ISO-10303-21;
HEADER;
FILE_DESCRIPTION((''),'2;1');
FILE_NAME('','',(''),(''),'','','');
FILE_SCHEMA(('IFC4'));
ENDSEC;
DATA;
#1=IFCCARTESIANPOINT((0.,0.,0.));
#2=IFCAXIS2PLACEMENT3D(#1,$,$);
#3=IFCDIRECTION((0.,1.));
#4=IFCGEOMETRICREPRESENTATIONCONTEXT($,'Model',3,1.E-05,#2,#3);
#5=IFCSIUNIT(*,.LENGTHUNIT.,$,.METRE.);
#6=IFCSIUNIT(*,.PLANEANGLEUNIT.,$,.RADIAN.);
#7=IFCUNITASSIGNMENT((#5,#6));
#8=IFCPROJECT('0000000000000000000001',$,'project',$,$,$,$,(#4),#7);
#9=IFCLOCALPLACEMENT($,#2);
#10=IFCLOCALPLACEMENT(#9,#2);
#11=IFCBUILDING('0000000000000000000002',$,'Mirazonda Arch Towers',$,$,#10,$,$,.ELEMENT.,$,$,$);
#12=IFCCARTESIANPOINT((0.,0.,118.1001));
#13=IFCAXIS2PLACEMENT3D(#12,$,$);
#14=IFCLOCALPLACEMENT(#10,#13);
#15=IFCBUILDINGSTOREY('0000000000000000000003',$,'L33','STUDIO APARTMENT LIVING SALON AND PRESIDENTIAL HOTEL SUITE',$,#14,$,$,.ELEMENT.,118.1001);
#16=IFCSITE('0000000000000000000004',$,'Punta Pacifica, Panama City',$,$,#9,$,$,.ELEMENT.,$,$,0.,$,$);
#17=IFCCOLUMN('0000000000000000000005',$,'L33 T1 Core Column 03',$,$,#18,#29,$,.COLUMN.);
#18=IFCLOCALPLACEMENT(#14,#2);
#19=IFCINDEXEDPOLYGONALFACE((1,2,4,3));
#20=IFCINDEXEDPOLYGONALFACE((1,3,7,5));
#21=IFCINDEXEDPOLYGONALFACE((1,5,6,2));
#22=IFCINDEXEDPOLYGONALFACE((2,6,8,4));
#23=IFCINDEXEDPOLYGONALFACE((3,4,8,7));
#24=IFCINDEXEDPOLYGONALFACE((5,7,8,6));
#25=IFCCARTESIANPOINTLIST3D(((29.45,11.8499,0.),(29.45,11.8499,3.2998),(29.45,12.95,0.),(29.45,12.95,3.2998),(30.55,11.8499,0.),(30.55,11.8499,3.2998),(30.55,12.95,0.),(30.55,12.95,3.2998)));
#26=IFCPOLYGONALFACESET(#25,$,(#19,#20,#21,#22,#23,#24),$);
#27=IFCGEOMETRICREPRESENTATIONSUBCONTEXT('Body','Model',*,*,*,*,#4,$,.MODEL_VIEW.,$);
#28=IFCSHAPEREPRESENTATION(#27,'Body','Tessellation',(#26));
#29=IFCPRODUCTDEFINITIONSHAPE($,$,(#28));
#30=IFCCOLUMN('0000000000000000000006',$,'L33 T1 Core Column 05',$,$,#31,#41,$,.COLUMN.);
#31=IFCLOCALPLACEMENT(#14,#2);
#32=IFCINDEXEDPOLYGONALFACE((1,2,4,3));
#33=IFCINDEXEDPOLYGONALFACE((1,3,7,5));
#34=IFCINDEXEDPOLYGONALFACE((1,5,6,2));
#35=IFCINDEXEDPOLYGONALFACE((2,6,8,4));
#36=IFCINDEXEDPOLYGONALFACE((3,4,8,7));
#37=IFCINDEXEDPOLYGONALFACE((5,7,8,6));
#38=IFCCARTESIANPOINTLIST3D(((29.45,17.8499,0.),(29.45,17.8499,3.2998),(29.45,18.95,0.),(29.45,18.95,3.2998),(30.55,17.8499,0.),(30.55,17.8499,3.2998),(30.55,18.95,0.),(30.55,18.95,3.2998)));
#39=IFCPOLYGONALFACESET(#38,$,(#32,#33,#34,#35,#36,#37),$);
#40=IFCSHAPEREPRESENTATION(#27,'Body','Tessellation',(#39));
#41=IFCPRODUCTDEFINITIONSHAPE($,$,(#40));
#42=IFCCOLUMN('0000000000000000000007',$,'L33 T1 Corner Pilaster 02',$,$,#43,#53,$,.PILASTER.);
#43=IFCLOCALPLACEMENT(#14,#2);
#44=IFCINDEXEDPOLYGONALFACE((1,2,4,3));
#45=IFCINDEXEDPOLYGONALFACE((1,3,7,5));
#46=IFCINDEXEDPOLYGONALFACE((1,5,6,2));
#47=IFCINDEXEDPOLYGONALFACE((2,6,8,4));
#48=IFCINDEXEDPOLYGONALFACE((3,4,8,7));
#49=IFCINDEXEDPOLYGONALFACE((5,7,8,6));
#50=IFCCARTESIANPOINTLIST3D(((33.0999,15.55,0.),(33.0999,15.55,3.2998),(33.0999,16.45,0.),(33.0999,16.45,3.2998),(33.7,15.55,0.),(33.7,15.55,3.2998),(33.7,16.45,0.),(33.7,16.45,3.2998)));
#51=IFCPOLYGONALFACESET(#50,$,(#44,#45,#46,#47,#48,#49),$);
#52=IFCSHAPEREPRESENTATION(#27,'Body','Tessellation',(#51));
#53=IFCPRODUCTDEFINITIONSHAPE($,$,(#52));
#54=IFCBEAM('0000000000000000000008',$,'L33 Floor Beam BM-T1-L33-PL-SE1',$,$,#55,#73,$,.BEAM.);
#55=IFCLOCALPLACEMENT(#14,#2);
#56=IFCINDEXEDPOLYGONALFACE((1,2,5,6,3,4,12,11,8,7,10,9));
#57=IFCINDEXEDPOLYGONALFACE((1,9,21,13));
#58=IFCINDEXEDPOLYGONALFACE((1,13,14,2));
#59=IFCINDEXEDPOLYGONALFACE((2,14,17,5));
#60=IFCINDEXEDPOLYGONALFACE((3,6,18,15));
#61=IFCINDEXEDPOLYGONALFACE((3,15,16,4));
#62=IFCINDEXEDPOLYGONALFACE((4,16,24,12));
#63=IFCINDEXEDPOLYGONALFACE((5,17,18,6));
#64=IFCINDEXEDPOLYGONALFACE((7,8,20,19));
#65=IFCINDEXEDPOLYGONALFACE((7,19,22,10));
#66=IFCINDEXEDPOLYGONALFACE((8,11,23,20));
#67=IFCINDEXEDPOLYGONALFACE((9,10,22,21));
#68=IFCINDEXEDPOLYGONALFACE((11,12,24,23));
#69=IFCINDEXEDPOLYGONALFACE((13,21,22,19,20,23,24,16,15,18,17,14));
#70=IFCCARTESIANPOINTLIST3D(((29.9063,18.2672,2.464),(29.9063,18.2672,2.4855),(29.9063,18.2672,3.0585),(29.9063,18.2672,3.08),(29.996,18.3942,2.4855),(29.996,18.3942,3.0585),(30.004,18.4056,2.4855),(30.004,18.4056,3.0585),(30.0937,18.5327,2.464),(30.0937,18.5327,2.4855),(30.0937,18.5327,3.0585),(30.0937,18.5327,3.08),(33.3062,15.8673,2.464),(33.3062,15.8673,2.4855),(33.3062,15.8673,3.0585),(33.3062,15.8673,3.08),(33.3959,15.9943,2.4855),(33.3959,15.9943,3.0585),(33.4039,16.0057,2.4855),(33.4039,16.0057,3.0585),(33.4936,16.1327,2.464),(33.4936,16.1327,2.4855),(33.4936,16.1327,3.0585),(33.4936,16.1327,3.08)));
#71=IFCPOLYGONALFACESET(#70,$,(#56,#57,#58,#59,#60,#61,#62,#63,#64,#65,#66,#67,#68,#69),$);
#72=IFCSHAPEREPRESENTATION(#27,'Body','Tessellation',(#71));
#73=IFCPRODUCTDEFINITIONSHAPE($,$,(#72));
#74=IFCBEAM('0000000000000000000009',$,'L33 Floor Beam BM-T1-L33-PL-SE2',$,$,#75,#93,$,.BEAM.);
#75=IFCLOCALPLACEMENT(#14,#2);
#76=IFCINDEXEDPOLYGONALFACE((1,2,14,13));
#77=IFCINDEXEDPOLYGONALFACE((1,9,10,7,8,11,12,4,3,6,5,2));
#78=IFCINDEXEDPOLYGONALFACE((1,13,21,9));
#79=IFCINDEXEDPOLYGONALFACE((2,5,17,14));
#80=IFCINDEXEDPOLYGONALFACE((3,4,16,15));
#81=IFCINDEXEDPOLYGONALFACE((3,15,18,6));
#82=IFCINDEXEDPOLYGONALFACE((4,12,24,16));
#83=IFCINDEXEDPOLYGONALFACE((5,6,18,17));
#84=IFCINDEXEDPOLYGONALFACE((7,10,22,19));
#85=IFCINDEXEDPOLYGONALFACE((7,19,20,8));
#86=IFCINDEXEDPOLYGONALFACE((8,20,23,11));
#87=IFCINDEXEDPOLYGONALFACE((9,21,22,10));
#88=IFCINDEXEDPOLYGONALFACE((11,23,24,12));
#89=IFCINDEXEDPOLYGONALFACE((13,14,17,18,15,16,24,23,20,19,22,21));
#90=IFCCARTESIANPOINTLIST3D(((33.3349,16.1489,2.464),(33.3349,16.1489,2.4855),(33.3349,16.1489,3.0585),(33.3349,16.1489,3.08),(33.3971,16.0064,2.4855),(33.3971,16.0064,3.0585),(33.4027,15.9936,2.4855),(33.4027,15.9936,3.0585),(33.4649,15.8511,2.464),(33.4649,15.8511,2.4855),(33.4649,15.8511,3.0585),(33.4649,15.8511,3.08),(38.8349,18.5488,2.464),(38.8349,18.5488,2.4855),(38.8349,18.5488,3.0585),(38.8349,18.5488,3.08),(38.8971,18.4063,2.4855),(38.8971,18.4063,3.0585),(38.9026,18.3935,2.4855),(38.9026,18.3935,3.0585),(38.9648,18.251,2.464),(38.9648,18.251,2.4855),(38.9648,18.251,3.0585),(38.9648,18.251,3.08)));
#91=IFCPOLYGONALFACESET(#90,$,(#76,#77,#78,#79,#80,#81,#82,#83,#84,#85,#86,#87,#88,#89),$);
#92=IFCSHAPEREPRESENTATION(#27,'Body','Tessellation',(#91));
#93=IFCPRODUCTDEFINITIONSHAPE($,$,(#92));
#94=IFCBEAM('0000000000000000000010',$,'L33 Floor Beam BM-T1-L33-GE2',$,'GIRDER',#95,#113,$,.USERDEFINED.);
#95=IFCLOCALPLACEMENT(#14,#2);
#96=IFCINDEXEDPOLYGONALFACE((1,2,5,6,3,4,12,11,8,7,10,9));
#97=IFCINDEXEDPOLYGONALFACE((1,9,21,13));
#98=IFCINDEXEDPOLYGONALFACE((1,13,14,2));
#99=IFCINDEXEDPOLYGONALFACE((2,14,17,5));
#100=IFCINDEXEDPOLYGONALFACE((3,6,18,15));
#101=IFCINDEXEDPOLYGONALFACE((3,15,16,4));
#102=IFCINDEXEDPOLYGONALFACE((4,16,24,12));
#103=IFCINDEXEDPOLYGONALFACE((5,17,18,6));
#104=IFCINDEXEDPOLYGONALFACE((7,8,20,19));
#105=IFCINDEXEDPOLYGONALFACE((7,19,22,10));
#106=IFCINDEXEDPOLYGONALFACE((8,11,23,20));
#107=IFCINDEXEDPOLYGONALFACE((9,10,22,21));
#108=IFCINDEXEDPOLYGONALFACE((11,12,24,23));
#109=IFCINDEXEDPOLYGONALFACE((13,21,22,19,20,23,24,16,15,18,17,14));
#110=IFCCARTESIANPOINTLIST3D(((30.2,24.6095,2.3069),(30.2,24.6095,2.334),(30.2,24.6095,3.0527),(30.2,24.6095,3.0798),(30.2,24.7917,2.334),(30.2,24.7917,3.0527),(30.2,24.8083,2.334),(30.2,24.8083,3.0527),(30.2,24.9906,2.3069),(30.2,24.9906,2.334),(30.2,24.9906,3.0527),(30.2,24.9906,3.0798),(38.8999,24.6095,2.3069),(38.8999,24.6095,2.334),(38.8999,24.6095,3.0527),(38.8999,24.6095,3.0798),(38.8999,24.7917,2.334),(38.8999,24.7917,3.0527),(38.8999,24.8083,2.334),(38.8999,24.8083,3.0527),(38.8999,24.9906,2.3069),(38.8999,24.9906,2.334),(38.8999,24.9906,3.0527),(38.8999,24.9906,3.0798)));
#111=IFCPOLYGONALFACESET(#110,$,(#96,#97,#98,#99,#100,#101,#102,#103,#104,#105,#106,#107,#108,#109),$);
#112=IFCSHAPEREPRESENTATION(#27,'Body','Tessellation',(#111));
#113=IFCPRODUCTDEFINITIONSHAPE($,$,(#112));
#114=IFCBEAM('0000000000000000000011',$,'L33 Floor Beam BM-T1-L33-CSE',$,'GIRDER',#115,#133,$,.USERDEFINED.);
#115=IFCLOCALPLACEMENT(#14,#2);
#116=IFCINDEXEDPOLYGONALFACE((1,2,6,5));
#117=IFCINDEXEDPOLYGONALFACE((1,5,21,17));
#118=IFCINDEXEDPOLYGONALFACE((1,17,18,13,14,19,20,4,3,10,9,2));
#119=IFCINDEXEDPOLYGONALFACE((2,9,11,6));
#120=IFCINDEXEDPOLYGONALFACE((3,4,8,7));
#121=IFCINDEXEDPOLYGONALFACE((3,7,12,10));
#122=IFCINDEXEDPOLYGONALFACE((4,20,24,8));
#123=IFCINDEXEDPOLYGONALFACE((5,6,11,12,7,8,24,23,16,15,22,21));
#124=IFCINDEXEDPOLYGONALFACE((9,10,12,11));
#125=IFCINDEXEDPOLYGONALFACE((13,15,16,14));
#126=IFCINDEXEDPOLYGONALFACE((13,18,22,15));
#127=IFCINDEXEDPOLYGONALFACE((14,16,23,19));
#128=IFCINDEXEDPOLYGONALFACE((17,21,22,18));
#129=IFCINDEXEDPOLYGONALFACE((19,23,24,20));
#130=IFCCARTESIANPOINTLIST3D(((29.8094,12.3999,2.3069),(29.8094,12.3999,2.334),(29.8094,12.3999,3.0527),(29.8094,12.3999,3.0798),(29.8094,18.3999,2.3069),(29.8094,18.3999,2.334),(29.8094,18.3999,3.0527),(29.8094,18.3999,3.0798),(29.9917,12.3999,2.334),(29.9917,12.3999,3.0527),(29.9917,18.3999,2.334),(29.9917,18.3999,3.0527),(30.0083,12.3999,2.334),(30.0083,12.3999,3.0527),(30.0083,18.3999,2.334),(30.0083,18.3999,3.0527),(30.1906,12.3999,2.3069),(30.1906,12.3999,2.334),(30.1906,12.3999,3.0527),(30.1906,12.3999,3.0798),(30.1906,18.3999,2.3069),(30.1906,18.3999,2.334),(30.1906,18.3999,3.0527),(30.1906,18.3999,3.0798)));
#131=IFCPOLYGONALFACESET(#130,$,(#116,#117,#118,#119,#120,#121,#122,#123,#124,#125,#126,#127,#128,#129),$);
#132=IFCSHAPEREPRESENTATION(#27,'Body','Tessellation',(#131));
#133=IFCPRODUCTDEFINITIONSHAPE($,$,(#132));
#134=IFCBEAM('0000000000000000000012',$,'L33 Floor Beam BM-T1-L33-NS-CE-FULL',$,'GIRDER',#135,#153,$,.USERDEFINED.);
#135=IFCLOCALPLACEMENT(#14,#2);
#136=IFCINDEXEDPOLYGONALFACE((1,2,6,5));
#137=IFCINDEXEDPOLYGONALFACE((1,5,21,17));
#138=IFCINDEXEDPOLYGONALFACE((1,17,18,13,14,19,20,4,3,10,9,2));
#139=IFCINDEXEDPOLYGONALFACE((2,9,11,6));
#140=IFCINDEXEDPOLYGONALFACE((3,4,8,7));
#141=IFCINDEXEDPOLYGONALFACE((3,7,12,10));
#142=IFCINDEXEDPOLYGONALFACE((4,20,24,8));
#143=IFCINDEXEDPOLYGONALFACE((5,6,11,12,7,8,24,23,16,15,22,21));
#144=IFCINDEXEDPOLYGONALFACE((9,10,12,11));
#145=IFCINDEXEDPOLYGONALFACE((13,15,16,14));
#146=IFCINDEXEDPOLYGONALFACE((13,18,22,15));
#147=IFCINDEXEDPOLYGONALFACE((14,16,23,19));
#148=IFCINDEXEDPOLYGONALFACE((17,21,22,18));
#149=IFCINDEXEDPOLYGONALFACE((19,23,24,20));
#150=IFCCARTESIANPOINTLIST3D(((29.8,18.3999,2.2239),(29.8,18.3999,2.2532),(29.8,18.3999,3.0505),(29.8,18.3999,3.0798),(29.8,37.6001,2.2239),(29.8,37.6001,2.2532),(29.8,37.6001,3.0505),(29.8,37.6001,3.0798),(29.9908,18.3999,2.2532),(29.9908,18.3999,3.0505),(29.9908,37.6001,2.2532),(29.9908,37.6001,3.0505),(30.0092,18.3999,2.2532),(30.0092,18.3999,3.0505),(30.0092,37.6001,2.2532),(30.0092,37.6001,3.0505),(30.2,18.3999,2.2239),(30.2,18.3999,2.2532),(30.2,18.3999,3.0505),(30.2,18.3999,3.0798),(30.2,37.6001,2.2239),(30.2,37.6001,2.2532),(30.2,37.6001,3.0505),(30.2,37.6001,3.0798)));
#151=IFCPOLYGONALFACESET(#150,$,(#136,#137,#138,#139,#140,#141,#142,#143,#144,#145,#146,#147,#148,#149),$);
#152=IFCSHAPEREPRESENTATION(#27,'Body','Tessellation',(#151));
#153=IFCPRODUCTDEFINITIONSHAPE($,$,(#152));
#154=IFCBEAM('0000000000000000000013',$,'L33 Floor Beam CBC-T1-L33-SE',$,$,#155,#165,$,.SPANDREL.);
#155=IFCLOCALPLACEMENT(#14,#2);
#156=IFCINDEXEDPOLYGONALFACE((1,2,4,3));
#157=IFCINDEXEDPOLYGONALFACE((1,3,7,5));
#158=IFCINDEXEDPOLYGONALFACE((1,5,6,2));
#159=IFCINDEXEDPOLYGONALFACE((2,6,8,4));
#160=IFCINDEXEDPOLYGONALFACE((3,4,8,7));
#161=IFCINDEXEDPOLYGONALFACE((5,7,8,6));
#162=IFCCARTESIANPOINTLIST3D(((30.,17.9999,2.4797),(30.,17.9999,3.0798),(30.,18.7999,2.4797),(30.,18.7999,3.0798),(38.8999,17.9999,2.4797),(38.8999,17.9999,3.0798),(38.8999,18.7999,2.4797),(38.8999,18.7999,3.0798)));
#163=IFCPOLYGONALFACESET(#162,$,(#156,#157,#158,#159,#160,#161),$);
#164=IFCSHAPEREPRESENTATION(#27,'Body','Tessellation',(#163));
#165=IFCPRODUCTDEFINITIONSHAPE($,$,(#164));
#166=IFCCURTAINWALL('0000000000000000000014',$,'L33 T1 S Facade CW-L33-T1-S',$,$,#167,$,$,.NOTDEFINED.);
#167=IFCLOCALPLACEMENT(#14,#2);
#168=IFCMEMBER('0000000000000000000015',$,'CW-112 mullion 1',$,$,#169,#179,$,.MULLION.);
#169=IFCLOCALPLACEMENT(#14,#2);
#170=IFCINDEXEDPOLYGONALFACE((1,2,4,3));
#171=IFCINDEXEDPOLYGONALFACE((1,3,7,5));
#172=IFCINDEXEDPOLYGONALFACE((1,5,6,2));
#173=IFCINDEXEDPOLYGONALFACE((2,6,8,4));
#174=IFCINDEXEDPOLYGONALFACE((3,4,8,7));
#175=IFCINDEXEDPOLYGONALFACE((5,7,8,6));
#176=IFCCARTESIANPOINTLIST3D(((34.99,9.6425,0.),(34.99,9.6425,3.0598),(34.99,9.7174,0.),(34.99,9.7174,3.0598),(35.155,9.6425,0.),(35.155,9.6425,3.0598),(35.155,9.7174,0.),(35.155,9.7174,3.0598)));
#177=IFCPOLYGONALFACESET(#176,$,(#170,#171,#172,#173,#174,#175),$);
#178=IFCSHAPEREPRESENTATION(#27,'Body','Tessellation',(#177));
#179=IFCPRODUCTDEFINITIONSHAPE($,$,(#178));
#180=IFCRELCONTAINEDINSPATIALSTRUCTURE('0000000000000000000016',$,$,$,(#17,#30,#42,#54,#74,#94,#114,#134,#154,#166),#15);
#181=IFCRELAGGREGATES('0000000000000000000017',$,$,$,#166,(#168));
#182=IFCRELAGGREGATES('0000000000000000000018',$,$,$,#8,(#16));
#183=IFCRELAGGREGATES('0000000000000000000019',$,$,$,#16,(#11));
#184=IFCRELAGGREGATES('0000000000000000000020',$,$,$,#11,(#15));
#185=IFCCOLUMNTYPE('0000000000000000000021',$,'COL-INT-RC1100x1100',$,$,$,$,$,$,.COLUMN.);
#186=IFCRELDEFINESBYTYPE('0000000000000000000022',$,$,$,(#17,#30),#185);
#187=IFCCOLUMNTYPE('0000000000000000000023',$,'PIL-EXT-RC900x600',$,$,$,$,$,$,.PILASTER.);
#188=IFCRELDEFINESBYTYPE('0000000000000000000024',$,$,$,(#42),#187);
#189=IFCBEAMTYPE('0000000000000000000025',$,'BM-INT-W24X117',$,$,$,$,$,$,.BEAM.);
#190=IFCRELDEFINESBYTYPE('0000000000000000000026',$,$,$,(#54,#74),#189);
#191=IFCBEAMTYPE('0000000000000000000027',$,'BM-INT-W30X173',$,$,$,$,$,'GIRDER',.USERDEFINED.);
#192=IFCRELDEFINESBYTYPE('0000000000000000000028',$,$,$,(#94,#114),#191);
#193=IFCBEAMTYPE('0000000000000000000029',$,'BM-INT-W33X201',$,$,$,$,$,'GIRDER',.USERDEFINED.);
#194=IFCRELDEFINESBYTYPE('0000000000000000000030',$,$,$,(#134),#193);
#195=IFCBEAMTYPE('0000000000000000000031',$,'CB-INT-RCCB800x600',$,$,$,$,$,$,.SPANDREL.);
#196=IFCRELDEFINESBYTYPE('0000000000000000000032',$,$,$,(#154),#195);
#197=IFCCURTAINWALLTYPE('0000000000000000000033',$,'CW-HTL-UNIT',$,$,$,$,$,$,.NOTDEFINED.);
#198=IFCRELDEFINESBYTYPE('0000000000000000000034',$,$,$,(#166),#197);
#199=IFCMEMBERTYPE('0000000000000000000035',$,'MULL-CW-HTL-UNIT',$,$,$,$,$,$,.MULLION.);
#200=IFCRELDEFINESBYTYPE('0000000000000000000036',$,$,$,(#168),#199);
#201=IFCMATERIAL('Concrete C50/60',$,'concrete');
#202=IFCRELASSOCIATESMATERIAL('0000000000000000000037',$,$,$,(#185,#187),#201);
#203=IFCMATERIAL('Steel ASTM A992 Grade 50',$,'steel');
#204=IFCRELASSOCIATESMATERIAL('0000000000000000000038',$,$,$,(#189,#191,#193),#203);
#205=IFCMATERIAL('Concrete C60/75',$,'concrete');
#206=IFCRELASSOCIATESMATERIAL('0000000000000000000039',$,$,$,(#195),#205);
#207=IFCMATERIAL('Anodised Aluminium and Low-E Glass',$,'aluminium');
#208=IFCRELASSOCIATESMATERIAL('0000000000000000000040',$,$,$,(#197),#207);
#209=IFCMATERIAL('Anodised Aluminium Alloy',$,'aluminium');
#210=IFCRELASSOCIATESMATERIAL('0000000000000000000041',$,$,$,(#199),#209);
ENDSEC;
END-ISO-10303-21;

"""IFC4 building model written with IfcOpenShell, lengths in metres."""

from ifc_helpers import new_model, si_unit, direction, frame, origin, origin_2d, place, context, subcontext, project, spatial, rectangle, i_section, extrude, material, material_profile, profile_set, type_object, element, aggregate, save


model = new_model("IFC4")

# Units and contexts
model_context = context("Model", 3, precision=1e-05, world=origin(), true_north=direction((0.0, 1.0)))
body_context = subcontext(model_context, "Body", "Model", "MODEL_VIEW")
ifc_project = project(units=[si_unit("LENGTHUNIT", "METRE"), si_unit("PLANEANGLEUNIT", "RADIAN")], contexts=[model_context])

# Site, building, storey
site_placement = place(None, origin())
site = spatial("IfcSite", under=ifc_project, at=site_placement, Name="Punta Pacifica, Panama City", CompositionType="ELEMENT", RefElevation=0.0)
building_placement = place(site_placement, origin())
building = spatial("IfcBuilding", under=site, at=building_placement, Name="Mirazonda Arch Towers", CompositionType="ELEMENT")
storey_placement = place(building_placement, frame((0.0, 0.0, 118.1001)))
storey = spatial("IfcBuildingStorey", under=building, at=storey_placement, Name="L33", Description="STUDIO APARTMENT LIVING SALON AND PRESIDENTIAL HOTEL SUITE", CompositionType="ELEMENT", Elevation=118.1001)

# Columns
ifc_material_1 = material(Name="Concrete C50/60", Category="concrete")
ifc_material_profile_1 = material_profile(ifc_material_1, rectangle(XDim=1.1001, YDim=1.1001, at=origin_2d()), Name="RC1100x1100")
ifc_profile_set_1 = profile_set([ifc_material_profile_1], Name="Concrete C50/60")
column_type_1 = type_object("IfcColumnType", Name="COL-INT-RC1100x1100", PredefinedType="COLUMN", material=ifc_profile_set_1)
for number, where, z_axis, x_axis, name in (
    (1, (30.0, 12.3999, 0.0), (0.0, 0.0, 1.0), (1.0, 0.0, 0.0), "L33 T1 Core Column 03"),
    (2, (30.0, 18.3999, 0.0), (0.0, 0.0, 1.0), (1.0, 0.0, 0.0), "L33 T1 Core Column 05"),
):
    element("IfcColumn", number, at=place(storey_placement, frame(where, z_axis=z_axis, x_axis=x_axis)), inside=storey, type_object=column_type_1, Name=name, PredefinedType="COLUMN", context=body_context, shape_type="SweptSolid", body=[
        extrude(rectangle(XDim=1.1001, YDim=1.1001, at=origin_2d()), origin(), (0.0, 0.0, 1.0), 3.2998),
    ])
ifc_material_profile_2 = material_profile(ifc_material_1, rectangle(XDim=0.6001, YDim=0.8999, at=origin_2d()), Name="RC900x600")
ifc_profile_set_2 = profile_set([ifc_material_profile_2], Name="Concrete C50/60")
column_type_2 = type_object("IfcColumnType", Name="PIL-EXT-RC900x600", PredefinedType="PILASTER", material=ifc_profile_set_2)
column_placement = place(storey_placement, frame((33.3999, 16.0, 0.0), z_axis=(0.0, 0.0, 1.0), x_axis=(1.0, 0.0, 0.0)))
element("IfcColumn", 3, at=column_placement, inside=storey, type_object=column_type_2, Name="L33 T1 Corner Pilaster 02", PredefinedType="PILASTER", context=body_context, shape_type="SweptSolid", body=[
    extrude(rectangle(XDim=0.6001, YDim=0.8999, at=origin_2d()), origin(), (0.0, 0.0, 1.0), 3.2998),
])

# Beams
ifc_material_2 = material(Name="Steel ASTM A992 Grade 50", Category="steel")
ifc_material_profile_3 = material_profile(ifc_material_2, i_section(OverallWidth=0.325, OverallDepth=0.616, WebThickness=0.0139, FlangeThickness=0.0215, at=origin_2d()), Name="W24X117")
ifc_profile_set_3 = profile_set([ifc_material_profile_3], Name="Steel ASTM A992 Grade 50")
beam_type_1 = type_object("IfcBeamType", Name="BM-INT-W24X117", PredefinedType="BEAM", material=ifc_profile_set_3)
beam_1_placement = place(storey_placement, frame((33.3999, 16.0, 2.772), z_axis=(-0.816971, 0.576679, 0.0), x_axis=(-0.576679, -0.816971, 0.0)))
element("IfcBeam", 4, at=beam_1_placement, inside=storey, type_object=beam_type_1, Name="L33 Floor Beam BM-T1-L33-PL-SE1", PredefinedType="BEAM", context=body_context, shape_type="SweptSolid", body=[
    extrude(i_section(OverallWidth=0.325, OverallDepth=0.616, WebThickness=0.0139, FlangeThickness=0.0215, at=origin_2d()), origin(), (0.0, 0.0, 1.0), 4.1616),
])
beam_2_placement = place(storey_placement, frame((33.3999, 16.0, 2.772), z_axis=(0.916545, 0.399931, 0.0), x_axis=(-0.399931, 0.916545, 0.0)))
element("IfcBeam", 5, at=beam_2_placement, inside=storey, type_object=beam_type_1, Name="L33 Floor Beam BM-T1-L33-PL-SE2", PredefinedType="BEAM", context=body_context, shape_type="SweptSolid", body=[
    extrude(i_section(OverallWidth=0.325, OverallDepth=0.616, WebThickness=0.0139, FlangeThickness=0.0215, at=origin_2d()), origin(), (0.0, 0.0, 1.0), 6.0007),
])
ifc_material_profile_4 = material_profile(ifc_material_2, i_section(OverallWidth=0.3811, OverallDepth=0.7729, WebThickness=0.0166, FlangeThickness=0.0271, at=origin_2d()), Name="W30X173")
ifc_profile_set_4 = profile_set([ifc_material_profile_4], Name="Steel ASTM A992 Grade 50")
beam_type_2 = type_object("IfcBeamType", Name="BM-INT-W30X173", ElementType="GIRDER", PredefinedType="USERDEFINED", material=ifc_profile_set_4)
beam_3_placement = place(storey_placement, frame((30.2, 24.8, 2.6934), z_axis=(1.0, 0.0, 0.0), x_axis=(0.0, 1.0, 0.0)))
element("IfcBeam", 6, at=beam_3_placement, inside=storey, type_object=beam_type_2, Name="L33 Floor Beam BM-T1-L33-GE2", ObjectType="GIRDER", PredefinedType="USERDEFINED", context=body_context, shape_type="SweptSolid", body=[
    extrude(i_section(OverallWidth=0.3811, OverallDepth=0.7729, WebThickness=0.0166, FlangeThickness=0.0271, at=origin_2d()), origin(), (0.0, 0.0, 1.0), 8.7),
])
beam_4_placement = place(storey_placement, frame((30.0, 12.3999, 2.6934), z_axis=(0.0, 1.0, 0.0), x_axis=(-1.0, 0.0, 0.0)))
element("IfcBeam", 7, at=beam_4_placement, inside=storey, type_object=beam_type_2, Name="L33 Floor Beam BM-T1-L33-CSE", ObjectType="GIRDER", PredefinedType="USERDEFINED", context=body_context, shape_type="SweptSolid", body=[
    extrude(i_section(OverallWidth=0.3811, OverallDepth=0.7729, WebThickness=0.0166, FlangeThickness=0.0271, at=origin_2d()), origin(), (0.0, 0.0, 1.0), 6.0),
])
ifc_material_profile_5 = material_profile(ifc_material_2, i_section(OverallWidth=0.3999, OverallDepth=0.856, WebThickness=0.0183, FlangeThickness=0.0293, at=origin_2d()), Name="W33X201")
ifc_profile_set_5 = profile_set([ifc_material_profile_5], Name="Steel ASTM A992 Grade 50")
beam_type_3 = type_object("IfcBeamType", Name="BM-INT-W33X201", ElementType="GIRDER", PredefinedType="USERDEFINED", material=ifc_profile_set_5)
beam_5_placement = place(storey_placement, frame((30.0, 18.3999, 2.6519), z_axis=(0.0, 1.0, 0.0), x_axis=(-1.0, 0.0, 0.0)))
element("IfcBeam", 8, at=beam_5_placement, inside=storey, type_object=beam_type_3, Name="L33 Floor Beam BM-T1-L33-NS-CE-FULL", ObjectType="GIRDER", PredefinedType="USERDEFINED", context=body_context, shape_type="SweptSolid", body=[
    extrude(i_section(OverallWidth=0.3999, OverallDepth=0.856, WebThickness=0.0183, FlangeThickness=0.0293, at=origin_2d()), origin(), (0.0, 0.0, 1.0), 19.2002),
])
ifc_material_3 = material(Name="Concrete C60/75", Category="concrete")
ifc_material_profile_6 = material_profile(ifc_material_3, rectangle(XDim=0.8, YDim=0.6001, at=origin_2d()), Name="RCCB800x600")
ifc_profile_set_6 = profile_set([ifc_material_profile_6], Name="Concrete C60/75")
beam_type_4 = type_object("IfcBeamType", Name="CB-INT-RCCB800x600", PredefinedType="SPANDREL", material=ifc_profile_set_6)
beam_6_placement = place(storey_placement, frame((30.0, 18.3999, 2.7798), z_axis=(1.0, 0.0, 0.0), x_axis=(0.0, 1.0, 0.0)))
element("IfcBeam", 9, at=beam_6_placement, inside=storey, type_object=beam_type_4, Name="L33 Floor Beam CBC-T1-L33-SE", PredefinedType="SPANDREL", context=body_context, shape_type="SweptSolid", body=[
    extrude(rectangle(XDim=0.8, YDim=0.6001, at=origin_2d()), origin(), (0.0, 0.0, 1.0), 8.8999),
])

# Curtain wall, member
ifc_material_4 = material(Name="Anodised Aluminium and Low-E Glass", Category="aluminium")
curtain_wall_type = type_object("IfcCurtainWallType", Name="CW-HTL-UNIT", PredefinedType="NOTDEFINED", material=ifc_material_4)
curtain_wall_placement = place(storey_placement, origin())
curtain_wall = element("IfcCurtainWall", 10, at=curtain_wall_placement, inside=storey, type_object=curtain_wall_type, Name="L33 T1 S Facade CW-L33-T1-S", PredefinedType="NOTDEFINED")
ifc_material_5 = material(Name="Anodised Aluminium Alloy", Category="aluminium")
ifc_material_profile_7 = material_profile(ifc_material_5, rectangle(XDim=0.075, YDim=0.165, at=origin_2d()), Name="ALU-MULL-75x165")
ifc_profile_set_7 = profile_set([ifc_material_profile_7], Name="Anodised Aluminium Alloy")
member_type_1 = type_object("IfcMemberType", Name="MULL-CW-HTL-UNIT", PredefinedType="MULLION", material=ifc_profile_set_7)
member_1_placement = place(storey_placement, frame((35.0725, 9.6799, 0.0), z_axis=(0.0, 0.0, 1.0), x_axis=(0.0, -1.0, 0.0)))
member_1 = element("IfcMember", 11, at=member_1_placement, type_object=member_type_1, Name="CW-112 mullion 1", PredefinedType="MULLION", context=body_context, shape_type="SweptSolid", body=[
    extrude(rectangle(XDim=0.075, YDim=0.165, at=origin_2d()), origin(), (0.0, 0.0, 1.0), 3.0598),
])
aggregate(curtain_wall, [member_1])

save(model, "model.ifc")
